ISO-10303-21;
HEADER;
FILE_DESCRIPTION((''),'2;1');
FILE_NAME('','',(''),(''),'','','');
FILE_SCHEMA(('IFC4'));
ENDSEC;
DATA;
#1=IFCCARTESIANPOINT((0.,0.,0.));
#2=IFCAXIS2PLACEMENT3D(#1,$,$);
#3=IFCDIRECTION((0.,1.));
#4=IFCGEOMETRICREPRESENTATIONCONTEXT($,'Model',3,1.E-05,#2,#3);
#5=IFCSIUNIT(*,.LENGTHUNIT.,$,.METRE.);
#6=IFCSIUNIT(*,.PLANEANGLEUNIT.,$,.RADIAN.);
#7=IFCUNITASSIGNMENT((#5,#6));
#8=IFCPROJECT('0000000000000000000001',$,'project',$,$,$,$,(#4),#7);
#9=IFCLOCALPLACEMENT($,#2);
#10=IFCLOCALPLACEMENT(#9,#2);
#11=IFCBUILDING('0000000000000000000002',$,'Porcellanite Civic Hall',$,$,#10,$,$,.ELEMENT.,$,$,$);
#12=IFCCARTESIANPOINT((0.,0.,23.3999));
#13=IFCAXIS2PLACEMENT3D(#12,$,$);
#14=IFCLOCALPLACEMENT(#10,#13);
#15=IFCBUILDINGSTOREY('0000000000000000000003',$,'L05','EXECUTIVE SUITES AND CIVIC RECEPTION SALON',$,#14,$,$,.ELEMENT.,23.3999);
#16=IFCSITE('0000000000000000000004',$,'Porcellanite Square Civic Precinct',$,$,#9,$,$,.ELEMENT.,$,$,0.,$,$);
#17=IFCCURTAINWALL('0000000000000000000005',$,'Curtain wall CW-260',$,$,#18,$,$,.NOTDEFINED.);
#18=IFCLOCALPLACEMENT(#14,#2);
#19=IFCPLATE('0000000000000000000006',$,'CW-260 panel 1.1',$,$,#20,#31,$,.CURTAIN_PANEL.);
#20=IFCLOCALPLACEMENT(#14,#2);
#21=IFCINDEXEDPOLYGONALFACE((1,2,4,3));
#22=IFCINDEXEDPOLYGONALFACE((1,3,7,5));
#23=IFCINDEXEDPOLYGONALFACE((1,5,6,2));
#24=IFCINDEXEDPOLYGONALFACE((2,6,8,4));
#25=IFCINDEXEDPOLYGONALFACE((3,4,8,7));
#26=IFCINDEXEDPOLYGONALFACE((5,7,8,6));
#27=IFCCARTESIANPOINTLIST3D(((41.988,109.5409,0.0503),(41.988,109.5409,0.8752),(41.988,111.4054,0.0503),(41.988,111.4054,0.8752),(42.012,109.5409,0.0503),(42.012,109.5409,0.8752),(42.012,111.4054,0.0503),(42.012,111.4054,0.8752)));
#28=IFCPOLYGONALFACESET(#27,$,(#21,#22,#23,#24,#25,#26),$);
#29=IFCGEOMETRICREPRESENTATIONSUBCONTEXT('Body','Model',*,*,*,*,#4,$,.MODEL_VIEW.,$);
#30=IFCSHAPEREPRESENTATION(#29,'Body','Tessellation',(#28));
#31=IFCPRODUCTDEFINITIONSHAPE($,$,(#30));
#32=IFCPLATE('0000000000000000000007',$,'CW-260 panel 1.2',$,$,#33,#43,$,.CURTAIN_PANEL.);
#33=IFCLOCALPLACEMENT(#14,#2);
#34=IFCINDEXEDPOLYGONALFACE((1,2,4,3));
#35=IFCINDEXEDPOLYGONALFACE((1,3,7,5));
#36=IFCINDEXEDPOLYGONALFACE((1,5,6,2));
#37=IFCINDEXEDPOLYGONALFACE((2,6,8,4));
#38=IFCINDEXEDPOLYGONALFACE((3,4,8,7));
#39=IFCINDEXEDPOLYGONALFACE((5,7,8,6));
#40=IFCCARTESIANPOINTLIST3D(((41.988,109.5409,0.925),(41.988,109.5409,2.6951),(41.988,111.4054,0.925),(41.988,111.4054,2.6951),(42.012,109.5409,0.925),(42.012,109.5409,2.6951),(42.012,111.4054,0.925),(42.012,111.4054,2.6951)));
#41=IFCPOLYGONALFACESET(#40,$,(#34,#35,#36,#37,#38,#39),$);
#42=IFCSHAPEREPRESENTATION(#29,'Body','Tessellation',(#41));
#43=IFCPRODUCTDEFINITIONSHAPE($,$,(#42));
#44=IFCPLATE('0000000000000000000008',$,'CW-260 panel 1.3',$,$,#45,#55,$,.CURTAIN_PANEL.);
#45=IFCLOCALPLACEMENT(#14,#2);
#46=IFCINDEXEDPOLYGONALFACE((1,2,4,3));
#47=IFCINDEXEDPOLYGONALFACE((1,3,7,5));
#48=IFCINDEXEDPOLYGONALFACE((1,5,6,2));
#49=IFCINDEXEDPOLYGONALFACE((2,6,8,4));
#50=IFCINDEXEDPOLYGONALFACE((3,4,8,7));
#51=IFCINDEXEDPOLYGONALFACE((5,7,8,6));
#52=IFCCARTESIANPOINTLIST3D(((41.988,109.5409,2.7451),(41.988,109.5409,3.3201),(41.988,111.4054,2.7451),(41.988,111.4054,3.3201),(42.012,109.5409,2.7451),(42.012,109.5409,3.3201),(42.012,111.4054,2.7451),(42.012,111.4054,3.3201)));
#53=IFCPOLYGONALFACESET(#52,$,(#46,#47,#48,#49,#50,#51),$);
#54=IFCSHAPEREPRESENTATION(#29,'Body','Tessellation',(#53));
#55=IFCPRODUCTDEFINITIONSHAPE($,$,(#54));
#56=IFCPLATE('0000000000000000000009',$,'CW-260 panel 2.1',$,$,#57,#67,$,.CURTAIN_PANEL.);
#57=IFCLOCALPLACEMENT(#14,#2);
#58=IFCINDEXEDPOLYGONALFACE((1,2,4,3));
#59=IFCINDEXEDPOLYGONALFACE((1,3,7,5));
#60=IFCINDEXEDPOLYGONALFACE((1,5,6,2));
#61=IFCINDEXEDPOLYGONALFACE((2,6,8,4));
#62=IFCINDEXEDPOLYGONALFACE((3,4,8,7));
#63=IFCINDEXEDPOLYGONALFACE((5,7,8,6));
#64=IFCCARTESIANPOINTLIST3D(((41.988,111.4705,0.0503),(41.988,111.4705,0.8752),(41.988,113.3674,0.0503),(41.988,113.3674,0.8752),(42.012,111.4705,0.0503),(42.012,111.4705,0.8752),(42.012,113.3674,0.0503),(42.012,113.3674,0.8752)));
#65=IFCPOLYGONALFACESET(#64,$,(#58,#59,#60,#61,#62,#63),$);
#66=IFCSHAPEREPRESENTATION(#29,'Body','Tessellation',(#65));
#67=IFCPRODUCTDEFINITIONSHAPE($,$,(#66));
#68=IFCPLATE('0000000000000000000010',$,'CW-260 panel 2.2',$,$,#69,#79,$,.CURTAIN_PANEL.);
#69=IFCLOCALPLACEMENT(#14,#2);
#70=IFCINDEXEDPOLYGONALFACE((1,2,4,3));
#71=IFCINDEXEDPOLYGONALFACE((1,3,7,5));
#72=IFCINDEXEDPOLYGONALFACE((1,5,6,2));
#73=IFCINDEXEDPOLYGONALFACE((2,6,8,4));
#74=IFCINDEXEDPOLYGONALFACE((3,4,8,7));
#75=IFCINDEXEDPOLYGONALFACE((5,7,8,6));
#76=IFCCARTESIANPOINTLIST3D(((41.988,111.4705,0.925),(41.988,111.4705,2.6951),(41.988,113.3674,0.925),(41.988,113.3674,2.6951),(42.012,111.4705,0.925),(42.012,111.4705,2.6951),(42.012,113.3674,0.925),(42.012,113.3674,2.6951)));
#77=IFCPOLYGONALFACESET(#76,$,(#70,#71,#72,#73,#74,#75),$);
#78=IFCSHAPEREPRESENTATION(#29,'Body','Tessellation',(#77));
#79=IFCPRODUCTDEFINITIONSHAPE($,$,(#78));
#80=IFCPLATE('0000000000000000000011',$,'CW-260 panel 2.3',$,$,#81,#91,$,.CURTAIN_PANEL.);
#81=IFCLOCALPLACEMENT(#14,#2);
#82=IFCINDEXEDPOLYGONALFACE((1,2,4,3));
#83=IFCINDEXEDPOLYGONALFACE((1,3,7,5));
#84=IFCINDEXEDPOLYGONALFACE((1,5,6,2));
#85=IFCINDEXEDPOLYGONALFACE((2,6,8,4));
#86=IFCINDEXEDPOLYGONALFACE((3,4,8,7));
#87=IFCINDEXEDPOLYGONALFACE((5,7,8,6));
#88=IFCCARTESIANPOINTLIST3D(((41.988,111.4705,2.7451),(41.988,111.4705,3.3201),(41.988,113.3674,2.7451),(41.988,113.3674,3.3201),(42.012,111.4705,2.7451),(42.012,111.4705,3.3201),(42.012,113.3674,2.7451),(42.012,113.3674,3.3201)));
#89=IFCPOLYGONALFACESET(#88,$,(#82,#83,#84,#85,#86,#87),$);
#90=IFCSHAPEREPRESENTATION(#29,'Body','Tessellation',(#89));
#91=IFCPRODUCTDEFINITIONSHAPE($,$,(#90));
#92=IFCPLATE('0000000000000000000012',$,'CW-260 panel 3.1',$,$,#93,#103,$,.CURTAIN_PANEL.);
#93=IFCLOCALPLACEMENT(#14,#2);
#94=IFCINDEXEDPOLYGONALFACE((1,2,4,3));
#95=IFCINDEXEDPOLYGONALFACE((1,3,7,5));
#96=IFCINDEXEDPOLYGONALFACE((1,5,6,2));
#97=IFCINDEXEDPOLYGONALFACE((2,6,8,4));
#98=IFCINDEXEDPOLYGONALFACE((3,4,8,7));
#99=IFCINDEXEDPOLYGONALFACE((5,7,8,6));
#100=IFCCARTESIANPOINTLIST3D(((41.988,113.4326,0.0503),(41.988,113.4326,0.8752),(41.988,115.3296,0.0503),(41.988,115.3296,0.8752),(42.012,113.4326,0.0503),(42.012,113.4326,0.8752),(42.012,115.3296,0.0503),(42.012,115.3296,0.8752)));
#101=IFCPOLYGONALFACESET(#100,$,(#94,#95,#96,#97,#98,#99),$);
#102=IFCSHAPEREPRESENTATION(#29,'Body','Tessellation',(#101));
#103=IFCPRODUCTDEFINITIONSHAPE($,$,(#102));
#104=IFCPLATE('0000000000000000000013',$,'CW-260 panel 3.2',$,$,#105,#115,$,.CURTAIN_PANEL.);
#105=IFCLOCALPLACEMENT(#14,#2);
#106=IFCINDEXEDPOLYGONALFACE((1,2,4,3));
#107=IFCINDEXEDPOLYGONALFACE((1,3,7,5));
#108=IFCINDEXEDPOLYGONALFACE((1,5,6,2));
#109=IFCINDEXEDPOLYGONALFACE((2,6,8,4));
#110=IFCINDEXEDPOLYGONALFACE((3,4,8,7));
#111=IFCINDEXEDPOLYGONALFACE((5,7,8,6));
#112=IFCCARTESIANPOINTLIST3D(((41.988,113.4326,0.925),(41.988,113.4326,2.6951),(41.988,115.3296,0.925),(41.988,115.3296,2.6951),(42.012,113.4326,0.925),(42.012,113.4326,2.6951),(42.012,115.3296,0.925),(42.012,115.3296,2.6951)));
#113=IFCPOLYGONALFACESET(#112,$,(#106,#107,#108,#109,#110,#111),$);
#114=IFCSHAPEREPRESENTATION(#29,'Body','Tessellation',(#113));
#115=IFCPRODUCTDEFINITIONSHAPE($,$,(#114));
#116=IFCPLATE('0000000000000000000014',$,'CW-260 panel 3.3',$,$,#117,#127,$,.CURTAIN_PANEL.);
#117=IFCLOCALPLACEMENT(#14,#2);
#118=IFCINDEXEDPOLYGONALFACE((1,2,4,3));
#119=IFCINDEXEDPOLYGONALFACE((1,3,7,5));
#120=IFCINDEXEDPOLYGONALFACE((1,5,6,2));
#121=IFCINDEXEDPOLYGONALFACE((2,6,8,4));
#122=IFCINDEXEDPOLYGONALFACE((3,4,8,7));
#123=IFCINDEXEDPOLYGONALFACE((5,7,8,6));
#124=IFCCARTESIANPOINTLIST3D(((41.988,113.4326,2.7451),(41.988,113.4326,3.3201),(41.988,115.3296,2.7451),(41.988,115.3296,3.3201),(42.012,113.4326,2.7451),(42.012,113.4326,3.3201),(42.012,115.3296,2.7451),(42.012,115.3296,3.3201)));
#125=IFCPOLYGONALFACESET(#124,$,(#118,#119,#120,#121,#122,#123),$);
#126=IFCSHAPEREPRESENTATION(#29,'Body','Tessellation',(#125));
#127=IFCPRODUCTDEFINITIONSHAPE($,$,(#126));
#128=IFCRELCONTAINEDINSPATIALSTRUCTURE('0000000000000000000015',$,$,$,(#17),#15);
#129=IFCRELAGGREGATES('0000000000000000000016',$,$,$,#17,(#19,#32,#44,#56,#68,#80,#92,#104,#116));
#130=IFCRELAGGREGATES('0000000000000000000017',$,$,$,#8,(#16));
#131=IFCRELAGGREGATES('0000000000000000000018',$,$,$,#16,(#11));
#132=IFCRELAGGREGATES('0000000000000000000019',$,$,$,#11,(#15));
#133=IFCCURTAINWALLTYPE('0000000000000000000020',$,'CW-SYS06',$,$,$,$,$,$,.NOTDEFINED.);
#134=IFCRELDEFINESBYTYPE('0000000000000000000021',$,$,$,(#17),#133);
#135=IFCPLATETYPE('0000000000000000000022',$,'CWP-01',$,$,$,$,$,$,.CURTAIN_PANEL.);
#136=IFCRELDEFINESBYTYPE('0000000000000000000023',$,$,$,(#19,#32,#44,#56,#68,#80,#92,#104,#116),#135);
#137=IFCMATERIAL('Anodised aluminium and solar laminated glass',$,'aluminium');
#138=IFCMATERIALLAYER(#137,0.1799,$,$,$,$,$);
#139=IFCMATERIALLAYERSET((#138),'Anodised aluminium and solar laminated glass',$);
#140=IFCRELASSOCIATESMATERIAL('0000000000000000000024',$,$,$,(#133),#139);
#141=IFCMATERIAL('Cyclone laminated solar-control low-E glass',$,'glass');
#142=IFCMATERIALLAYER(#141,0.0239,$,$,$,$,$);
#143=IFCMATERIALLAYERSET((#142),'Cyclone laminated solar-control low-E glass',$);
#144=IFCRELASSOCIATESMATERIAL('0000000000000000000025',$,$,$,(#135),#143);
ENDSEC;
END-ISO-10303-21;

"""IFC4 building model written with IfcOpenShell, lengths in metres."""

from ifc_helpers import new_model, si_unit, direction, frame, origin, origin_2d, place, context, subcontext, project, spatial, rectangle, extrude, material, layer, layer_set, type_object, element, aggregate, save


model = new_model("IFC4")

# Units and contexts
model_context = context("Model", 3, precision=1e-05, world=origin(), true_north=direction((0.0, 1.0)))
body_context = subcontext(model_context, "Body", "Model", "MODEL_VIEW")
ifc_project = project(units=[si_unit("LENGTHUNIT", "METRE"), si_unit("PLANEANGLEUNIT", "RADIAN")], contexts=[model_context])

# Site, building, storey
site_placement = place(None, origin())
site = spatial("IfcSite", under=ifc_project, at=site_placement, Name="Porcellanite Square Civic Precinct", CompositionType="ELEMENT", RefElevation=0.0)
building_placement = place(site_placement, origin())
building = spatial("IfcBuilding", under=site, at=building_placement, Name="Porcellanite Civic Hall", CompositionType="ELEMENT")
storey_placement = place(building_placement, frame((0.0, 0.0, 23.3999)))
storey = spatial("IfcBuildingStorey", under=building, at=storey_placement, Name="L05", Description="EXECUTIVE SUITES AND CIVIC RECEPTION SALON", CompositionType="ELEMENT", Elevation=23.3999)

# Curtain wall, plates
ifc_material_1 = material(Name="Anodised aluminium and solar laminated glass", Category="aluminium")
ifc_layer_1 = layer(ifc_material_1, 0.1799)
ifc_layer_set_1 = layer_set([ifc_layer_1], Name="Anodised aluminium and solar laminated glass")
curtain_wall_type = type_object("IfcCurtainWallType", Name="CW-SYS06", PredefinedType="NOTDEFINED", material=ifc_layer_set_1)
curtain_wall_placement = place(storey_placement, origin())
curtain_wall = element("IfcCurtainWall", 1, at=curtain_wall_placement, inside=storey, type_object=curtain_wall_type, Name="Curtain wall CW-260", PredefinedType="NOTDEFINED")
ifc_material_2 = material(Name="Cyclone laminated solar-control low-E glass", Category="glass")
ifc_layer_2 = layer(ifc_material_2, 0.0239)
ifc_layer_set_2 = layer_set([ifc_layer_2], Name="Cyclone laminated solar-control low-E glass")
plate_type = type_object("IfcPlateType", Name="CWP-01", PredefinedType="CURTAIN_PANEL", material=ifc_layer_set_2)
plate_1_placement = place(storey_placement, frame((42.0, 110.4731, 0.0503), z_axis=(0.0, 0.0, 1.0), x_axis=(0.0, 1.0, 0.0)))
plate_1 = element("IfcPlate", 2, at=plate_1_placement, type_object=plate_type, Name="CW-260 panel 1.1", PredefinedType="CURTAIN_PANEL", context=body_context, shape_type="SweptSolid", body=[
    extrude(rectangle(XDim=1.8645, YDim=0.0239, at=origin_2d()), origin(), (0.0, 0.0, 1.0), 0.825),
])
plate_2_placement = place(storey_placement, frame((42.0, 110.4731, 0.925), z_axis=(0.0, 0.0, 1.0), x_axis=(0.0, 1.0, 0.0)))
plate_2 = element("IfcPlate", 3, at=plate_2_placement, type_object=plate_type, Name="CW-260 panel 1.2", PredefinedType="CURTAIN_PANEL", context=body_context, shape_type="SweptSolid", body=[
    extrude(rectangle(XDim=1.8645, YDim=0.0239, at=origin_2d()), origin(), (0.0, 0.0, 1.0), 1.77),
])
plate_3_placement = place(storey_placement, frame((42.0, 110.4731, 2.7451), z_axis=(0.0, 0.0, 1.0), x_axis=(0.0, 1.0, 0.0)))
plate_3 = element("IfcPlate", 4, at=plate_3_placement, type_object=plate_type, Name="CW-260 panel 1.3", PredefinedType="CURTAIN_PANEL", context=body_context, shape_type="SweptSolid", body=[
    extrude(rectangle(XDim=1.8645, YDim=0.0239, at=origin_2d()), origin(), (0.0, 0.0, 1.0), 0.575),
])
plate_4_placement = place(storey_placement, frame((42.0, 112.4189, 0.0503), z_axis=(0.0, 0.0, 1.0), x_axis=(0.0, 1.0, 0.0)))
plate_4 = element("IfcPlate", 5, at=plate_4_placement, type_object=plate_type, Name="CW-260 panel 2.1", PredefinedType="CURTAIN_PANEL", context=body_context, shape_type="SweptSolid", body=[
    extrude(rectangle(XDim=1.897, YDim=0.0239, at=origin_2d()), origin(), (0.0, 0.0, 1.0), 0.825),
])
plate_5_placement = place(storey_placement, frame((42.0, 112.4189, 0.925), z_axis=(0.0, 0.0, 1.0), x_axis=(0.0, 1.0, 0.0)))
plate_5 = element("IfcPlate", 6, at=plate_5_placement, type_object=plate_type, Name="CW-260 panel 2.2", PredefinedType="CURTAIN_PANEL", context=body_context, shape_type="SweptSolid", body=[
    extrude(rectangle(XDim=1.897, YDim=0.0239, at=origin_2d()), origin(), (0.0, 0.0, 1.0), 1.77),
])
plate_6_placement = place(storey_placement, frame((42.0, 112.4189, 2.7451), z_axis=(0.0, 0.0, 1.0), x_axis=(0.0, 1.0, 0.0)))
plate_6 = element("IfcPlate", 7, at=plate_6_placement, type_object=plate_type, Name="CW-260 panel 2.3", PredefinedType="CURTAIN_PANEL", context=body_context, shape_type="SweptSolid", body=[
    extrude(rectangle(XDim=1.897, YDim=0.0239, at=origin_2d()), origin(), (0.0, 0.0, 1.0), 0.575),
])
plate_7_placement = place(storey_placement, frame((42.0, 114.3811, 0.0503), z_axis=(0.0, 0.0, 1.0), x_axis=(0.0, 1.0, 0.0)))
plate_7 = element("IfcPlate", 8, at=plate_7_placement, type_object=plate_type, Name="CW-260 panel 3.1", PredefinedType="CURTAIN_PANEL", context=body_context, shape_type="SweptSolid", body=[
    extrude(rectangle(XDim=1.897, YDim=0.0239, at=origin_2d()), origin(), (0.0, 0.0, 1.0), 0.825),
])
plate_8_placement = place(storey_placement, frame((42.0, 114.3811, 0.925), z_axis=(0.0, 0.0, 1.0), x_axis=(0.0, 1.0, 0.0)))
plate_8 = element("IfcPlate", 9, at=plate_8_placement, type_object=plate_type, Name="CW-260 panel 3.2", PredefinedType="CURTAIN_PANEL", context=body_context, shape_type="SweptSolid", body=[
    extrude(rectangle(XDim=1.897, YDim=0.0239, at=origin_2d()), origin(), (0.0, 0.0, 1.0), 1.77),
])
plate_9_placement = place(storey_placement, frame((42.0, 114.3811, 2.7451), z_axis=(0.0, 0.0, 1.0), x_axis=(0.0, 1.0, 0.0)))
plate_9 = element("IfcPlate", 10, at=plate_9_placement, type_object=plate_type, Name="CW-260 panel 3.3", PredefinedType="CURTAIN_PANEL", context=body_context, shape_type="SweptSolid", body=[
    extrude(rectangle(XDim=1.897, YDim=0.0239, at=origin_2d()), origin(), (0.0, 0.0, 1.0), 0.575),
])
aggregate(curtain_wall, [plate_1, plate_2, plate_3, plate_4, plate_5, plate_6, plate_7, plate_8, plate_9])

save(model, "model.ifc")
